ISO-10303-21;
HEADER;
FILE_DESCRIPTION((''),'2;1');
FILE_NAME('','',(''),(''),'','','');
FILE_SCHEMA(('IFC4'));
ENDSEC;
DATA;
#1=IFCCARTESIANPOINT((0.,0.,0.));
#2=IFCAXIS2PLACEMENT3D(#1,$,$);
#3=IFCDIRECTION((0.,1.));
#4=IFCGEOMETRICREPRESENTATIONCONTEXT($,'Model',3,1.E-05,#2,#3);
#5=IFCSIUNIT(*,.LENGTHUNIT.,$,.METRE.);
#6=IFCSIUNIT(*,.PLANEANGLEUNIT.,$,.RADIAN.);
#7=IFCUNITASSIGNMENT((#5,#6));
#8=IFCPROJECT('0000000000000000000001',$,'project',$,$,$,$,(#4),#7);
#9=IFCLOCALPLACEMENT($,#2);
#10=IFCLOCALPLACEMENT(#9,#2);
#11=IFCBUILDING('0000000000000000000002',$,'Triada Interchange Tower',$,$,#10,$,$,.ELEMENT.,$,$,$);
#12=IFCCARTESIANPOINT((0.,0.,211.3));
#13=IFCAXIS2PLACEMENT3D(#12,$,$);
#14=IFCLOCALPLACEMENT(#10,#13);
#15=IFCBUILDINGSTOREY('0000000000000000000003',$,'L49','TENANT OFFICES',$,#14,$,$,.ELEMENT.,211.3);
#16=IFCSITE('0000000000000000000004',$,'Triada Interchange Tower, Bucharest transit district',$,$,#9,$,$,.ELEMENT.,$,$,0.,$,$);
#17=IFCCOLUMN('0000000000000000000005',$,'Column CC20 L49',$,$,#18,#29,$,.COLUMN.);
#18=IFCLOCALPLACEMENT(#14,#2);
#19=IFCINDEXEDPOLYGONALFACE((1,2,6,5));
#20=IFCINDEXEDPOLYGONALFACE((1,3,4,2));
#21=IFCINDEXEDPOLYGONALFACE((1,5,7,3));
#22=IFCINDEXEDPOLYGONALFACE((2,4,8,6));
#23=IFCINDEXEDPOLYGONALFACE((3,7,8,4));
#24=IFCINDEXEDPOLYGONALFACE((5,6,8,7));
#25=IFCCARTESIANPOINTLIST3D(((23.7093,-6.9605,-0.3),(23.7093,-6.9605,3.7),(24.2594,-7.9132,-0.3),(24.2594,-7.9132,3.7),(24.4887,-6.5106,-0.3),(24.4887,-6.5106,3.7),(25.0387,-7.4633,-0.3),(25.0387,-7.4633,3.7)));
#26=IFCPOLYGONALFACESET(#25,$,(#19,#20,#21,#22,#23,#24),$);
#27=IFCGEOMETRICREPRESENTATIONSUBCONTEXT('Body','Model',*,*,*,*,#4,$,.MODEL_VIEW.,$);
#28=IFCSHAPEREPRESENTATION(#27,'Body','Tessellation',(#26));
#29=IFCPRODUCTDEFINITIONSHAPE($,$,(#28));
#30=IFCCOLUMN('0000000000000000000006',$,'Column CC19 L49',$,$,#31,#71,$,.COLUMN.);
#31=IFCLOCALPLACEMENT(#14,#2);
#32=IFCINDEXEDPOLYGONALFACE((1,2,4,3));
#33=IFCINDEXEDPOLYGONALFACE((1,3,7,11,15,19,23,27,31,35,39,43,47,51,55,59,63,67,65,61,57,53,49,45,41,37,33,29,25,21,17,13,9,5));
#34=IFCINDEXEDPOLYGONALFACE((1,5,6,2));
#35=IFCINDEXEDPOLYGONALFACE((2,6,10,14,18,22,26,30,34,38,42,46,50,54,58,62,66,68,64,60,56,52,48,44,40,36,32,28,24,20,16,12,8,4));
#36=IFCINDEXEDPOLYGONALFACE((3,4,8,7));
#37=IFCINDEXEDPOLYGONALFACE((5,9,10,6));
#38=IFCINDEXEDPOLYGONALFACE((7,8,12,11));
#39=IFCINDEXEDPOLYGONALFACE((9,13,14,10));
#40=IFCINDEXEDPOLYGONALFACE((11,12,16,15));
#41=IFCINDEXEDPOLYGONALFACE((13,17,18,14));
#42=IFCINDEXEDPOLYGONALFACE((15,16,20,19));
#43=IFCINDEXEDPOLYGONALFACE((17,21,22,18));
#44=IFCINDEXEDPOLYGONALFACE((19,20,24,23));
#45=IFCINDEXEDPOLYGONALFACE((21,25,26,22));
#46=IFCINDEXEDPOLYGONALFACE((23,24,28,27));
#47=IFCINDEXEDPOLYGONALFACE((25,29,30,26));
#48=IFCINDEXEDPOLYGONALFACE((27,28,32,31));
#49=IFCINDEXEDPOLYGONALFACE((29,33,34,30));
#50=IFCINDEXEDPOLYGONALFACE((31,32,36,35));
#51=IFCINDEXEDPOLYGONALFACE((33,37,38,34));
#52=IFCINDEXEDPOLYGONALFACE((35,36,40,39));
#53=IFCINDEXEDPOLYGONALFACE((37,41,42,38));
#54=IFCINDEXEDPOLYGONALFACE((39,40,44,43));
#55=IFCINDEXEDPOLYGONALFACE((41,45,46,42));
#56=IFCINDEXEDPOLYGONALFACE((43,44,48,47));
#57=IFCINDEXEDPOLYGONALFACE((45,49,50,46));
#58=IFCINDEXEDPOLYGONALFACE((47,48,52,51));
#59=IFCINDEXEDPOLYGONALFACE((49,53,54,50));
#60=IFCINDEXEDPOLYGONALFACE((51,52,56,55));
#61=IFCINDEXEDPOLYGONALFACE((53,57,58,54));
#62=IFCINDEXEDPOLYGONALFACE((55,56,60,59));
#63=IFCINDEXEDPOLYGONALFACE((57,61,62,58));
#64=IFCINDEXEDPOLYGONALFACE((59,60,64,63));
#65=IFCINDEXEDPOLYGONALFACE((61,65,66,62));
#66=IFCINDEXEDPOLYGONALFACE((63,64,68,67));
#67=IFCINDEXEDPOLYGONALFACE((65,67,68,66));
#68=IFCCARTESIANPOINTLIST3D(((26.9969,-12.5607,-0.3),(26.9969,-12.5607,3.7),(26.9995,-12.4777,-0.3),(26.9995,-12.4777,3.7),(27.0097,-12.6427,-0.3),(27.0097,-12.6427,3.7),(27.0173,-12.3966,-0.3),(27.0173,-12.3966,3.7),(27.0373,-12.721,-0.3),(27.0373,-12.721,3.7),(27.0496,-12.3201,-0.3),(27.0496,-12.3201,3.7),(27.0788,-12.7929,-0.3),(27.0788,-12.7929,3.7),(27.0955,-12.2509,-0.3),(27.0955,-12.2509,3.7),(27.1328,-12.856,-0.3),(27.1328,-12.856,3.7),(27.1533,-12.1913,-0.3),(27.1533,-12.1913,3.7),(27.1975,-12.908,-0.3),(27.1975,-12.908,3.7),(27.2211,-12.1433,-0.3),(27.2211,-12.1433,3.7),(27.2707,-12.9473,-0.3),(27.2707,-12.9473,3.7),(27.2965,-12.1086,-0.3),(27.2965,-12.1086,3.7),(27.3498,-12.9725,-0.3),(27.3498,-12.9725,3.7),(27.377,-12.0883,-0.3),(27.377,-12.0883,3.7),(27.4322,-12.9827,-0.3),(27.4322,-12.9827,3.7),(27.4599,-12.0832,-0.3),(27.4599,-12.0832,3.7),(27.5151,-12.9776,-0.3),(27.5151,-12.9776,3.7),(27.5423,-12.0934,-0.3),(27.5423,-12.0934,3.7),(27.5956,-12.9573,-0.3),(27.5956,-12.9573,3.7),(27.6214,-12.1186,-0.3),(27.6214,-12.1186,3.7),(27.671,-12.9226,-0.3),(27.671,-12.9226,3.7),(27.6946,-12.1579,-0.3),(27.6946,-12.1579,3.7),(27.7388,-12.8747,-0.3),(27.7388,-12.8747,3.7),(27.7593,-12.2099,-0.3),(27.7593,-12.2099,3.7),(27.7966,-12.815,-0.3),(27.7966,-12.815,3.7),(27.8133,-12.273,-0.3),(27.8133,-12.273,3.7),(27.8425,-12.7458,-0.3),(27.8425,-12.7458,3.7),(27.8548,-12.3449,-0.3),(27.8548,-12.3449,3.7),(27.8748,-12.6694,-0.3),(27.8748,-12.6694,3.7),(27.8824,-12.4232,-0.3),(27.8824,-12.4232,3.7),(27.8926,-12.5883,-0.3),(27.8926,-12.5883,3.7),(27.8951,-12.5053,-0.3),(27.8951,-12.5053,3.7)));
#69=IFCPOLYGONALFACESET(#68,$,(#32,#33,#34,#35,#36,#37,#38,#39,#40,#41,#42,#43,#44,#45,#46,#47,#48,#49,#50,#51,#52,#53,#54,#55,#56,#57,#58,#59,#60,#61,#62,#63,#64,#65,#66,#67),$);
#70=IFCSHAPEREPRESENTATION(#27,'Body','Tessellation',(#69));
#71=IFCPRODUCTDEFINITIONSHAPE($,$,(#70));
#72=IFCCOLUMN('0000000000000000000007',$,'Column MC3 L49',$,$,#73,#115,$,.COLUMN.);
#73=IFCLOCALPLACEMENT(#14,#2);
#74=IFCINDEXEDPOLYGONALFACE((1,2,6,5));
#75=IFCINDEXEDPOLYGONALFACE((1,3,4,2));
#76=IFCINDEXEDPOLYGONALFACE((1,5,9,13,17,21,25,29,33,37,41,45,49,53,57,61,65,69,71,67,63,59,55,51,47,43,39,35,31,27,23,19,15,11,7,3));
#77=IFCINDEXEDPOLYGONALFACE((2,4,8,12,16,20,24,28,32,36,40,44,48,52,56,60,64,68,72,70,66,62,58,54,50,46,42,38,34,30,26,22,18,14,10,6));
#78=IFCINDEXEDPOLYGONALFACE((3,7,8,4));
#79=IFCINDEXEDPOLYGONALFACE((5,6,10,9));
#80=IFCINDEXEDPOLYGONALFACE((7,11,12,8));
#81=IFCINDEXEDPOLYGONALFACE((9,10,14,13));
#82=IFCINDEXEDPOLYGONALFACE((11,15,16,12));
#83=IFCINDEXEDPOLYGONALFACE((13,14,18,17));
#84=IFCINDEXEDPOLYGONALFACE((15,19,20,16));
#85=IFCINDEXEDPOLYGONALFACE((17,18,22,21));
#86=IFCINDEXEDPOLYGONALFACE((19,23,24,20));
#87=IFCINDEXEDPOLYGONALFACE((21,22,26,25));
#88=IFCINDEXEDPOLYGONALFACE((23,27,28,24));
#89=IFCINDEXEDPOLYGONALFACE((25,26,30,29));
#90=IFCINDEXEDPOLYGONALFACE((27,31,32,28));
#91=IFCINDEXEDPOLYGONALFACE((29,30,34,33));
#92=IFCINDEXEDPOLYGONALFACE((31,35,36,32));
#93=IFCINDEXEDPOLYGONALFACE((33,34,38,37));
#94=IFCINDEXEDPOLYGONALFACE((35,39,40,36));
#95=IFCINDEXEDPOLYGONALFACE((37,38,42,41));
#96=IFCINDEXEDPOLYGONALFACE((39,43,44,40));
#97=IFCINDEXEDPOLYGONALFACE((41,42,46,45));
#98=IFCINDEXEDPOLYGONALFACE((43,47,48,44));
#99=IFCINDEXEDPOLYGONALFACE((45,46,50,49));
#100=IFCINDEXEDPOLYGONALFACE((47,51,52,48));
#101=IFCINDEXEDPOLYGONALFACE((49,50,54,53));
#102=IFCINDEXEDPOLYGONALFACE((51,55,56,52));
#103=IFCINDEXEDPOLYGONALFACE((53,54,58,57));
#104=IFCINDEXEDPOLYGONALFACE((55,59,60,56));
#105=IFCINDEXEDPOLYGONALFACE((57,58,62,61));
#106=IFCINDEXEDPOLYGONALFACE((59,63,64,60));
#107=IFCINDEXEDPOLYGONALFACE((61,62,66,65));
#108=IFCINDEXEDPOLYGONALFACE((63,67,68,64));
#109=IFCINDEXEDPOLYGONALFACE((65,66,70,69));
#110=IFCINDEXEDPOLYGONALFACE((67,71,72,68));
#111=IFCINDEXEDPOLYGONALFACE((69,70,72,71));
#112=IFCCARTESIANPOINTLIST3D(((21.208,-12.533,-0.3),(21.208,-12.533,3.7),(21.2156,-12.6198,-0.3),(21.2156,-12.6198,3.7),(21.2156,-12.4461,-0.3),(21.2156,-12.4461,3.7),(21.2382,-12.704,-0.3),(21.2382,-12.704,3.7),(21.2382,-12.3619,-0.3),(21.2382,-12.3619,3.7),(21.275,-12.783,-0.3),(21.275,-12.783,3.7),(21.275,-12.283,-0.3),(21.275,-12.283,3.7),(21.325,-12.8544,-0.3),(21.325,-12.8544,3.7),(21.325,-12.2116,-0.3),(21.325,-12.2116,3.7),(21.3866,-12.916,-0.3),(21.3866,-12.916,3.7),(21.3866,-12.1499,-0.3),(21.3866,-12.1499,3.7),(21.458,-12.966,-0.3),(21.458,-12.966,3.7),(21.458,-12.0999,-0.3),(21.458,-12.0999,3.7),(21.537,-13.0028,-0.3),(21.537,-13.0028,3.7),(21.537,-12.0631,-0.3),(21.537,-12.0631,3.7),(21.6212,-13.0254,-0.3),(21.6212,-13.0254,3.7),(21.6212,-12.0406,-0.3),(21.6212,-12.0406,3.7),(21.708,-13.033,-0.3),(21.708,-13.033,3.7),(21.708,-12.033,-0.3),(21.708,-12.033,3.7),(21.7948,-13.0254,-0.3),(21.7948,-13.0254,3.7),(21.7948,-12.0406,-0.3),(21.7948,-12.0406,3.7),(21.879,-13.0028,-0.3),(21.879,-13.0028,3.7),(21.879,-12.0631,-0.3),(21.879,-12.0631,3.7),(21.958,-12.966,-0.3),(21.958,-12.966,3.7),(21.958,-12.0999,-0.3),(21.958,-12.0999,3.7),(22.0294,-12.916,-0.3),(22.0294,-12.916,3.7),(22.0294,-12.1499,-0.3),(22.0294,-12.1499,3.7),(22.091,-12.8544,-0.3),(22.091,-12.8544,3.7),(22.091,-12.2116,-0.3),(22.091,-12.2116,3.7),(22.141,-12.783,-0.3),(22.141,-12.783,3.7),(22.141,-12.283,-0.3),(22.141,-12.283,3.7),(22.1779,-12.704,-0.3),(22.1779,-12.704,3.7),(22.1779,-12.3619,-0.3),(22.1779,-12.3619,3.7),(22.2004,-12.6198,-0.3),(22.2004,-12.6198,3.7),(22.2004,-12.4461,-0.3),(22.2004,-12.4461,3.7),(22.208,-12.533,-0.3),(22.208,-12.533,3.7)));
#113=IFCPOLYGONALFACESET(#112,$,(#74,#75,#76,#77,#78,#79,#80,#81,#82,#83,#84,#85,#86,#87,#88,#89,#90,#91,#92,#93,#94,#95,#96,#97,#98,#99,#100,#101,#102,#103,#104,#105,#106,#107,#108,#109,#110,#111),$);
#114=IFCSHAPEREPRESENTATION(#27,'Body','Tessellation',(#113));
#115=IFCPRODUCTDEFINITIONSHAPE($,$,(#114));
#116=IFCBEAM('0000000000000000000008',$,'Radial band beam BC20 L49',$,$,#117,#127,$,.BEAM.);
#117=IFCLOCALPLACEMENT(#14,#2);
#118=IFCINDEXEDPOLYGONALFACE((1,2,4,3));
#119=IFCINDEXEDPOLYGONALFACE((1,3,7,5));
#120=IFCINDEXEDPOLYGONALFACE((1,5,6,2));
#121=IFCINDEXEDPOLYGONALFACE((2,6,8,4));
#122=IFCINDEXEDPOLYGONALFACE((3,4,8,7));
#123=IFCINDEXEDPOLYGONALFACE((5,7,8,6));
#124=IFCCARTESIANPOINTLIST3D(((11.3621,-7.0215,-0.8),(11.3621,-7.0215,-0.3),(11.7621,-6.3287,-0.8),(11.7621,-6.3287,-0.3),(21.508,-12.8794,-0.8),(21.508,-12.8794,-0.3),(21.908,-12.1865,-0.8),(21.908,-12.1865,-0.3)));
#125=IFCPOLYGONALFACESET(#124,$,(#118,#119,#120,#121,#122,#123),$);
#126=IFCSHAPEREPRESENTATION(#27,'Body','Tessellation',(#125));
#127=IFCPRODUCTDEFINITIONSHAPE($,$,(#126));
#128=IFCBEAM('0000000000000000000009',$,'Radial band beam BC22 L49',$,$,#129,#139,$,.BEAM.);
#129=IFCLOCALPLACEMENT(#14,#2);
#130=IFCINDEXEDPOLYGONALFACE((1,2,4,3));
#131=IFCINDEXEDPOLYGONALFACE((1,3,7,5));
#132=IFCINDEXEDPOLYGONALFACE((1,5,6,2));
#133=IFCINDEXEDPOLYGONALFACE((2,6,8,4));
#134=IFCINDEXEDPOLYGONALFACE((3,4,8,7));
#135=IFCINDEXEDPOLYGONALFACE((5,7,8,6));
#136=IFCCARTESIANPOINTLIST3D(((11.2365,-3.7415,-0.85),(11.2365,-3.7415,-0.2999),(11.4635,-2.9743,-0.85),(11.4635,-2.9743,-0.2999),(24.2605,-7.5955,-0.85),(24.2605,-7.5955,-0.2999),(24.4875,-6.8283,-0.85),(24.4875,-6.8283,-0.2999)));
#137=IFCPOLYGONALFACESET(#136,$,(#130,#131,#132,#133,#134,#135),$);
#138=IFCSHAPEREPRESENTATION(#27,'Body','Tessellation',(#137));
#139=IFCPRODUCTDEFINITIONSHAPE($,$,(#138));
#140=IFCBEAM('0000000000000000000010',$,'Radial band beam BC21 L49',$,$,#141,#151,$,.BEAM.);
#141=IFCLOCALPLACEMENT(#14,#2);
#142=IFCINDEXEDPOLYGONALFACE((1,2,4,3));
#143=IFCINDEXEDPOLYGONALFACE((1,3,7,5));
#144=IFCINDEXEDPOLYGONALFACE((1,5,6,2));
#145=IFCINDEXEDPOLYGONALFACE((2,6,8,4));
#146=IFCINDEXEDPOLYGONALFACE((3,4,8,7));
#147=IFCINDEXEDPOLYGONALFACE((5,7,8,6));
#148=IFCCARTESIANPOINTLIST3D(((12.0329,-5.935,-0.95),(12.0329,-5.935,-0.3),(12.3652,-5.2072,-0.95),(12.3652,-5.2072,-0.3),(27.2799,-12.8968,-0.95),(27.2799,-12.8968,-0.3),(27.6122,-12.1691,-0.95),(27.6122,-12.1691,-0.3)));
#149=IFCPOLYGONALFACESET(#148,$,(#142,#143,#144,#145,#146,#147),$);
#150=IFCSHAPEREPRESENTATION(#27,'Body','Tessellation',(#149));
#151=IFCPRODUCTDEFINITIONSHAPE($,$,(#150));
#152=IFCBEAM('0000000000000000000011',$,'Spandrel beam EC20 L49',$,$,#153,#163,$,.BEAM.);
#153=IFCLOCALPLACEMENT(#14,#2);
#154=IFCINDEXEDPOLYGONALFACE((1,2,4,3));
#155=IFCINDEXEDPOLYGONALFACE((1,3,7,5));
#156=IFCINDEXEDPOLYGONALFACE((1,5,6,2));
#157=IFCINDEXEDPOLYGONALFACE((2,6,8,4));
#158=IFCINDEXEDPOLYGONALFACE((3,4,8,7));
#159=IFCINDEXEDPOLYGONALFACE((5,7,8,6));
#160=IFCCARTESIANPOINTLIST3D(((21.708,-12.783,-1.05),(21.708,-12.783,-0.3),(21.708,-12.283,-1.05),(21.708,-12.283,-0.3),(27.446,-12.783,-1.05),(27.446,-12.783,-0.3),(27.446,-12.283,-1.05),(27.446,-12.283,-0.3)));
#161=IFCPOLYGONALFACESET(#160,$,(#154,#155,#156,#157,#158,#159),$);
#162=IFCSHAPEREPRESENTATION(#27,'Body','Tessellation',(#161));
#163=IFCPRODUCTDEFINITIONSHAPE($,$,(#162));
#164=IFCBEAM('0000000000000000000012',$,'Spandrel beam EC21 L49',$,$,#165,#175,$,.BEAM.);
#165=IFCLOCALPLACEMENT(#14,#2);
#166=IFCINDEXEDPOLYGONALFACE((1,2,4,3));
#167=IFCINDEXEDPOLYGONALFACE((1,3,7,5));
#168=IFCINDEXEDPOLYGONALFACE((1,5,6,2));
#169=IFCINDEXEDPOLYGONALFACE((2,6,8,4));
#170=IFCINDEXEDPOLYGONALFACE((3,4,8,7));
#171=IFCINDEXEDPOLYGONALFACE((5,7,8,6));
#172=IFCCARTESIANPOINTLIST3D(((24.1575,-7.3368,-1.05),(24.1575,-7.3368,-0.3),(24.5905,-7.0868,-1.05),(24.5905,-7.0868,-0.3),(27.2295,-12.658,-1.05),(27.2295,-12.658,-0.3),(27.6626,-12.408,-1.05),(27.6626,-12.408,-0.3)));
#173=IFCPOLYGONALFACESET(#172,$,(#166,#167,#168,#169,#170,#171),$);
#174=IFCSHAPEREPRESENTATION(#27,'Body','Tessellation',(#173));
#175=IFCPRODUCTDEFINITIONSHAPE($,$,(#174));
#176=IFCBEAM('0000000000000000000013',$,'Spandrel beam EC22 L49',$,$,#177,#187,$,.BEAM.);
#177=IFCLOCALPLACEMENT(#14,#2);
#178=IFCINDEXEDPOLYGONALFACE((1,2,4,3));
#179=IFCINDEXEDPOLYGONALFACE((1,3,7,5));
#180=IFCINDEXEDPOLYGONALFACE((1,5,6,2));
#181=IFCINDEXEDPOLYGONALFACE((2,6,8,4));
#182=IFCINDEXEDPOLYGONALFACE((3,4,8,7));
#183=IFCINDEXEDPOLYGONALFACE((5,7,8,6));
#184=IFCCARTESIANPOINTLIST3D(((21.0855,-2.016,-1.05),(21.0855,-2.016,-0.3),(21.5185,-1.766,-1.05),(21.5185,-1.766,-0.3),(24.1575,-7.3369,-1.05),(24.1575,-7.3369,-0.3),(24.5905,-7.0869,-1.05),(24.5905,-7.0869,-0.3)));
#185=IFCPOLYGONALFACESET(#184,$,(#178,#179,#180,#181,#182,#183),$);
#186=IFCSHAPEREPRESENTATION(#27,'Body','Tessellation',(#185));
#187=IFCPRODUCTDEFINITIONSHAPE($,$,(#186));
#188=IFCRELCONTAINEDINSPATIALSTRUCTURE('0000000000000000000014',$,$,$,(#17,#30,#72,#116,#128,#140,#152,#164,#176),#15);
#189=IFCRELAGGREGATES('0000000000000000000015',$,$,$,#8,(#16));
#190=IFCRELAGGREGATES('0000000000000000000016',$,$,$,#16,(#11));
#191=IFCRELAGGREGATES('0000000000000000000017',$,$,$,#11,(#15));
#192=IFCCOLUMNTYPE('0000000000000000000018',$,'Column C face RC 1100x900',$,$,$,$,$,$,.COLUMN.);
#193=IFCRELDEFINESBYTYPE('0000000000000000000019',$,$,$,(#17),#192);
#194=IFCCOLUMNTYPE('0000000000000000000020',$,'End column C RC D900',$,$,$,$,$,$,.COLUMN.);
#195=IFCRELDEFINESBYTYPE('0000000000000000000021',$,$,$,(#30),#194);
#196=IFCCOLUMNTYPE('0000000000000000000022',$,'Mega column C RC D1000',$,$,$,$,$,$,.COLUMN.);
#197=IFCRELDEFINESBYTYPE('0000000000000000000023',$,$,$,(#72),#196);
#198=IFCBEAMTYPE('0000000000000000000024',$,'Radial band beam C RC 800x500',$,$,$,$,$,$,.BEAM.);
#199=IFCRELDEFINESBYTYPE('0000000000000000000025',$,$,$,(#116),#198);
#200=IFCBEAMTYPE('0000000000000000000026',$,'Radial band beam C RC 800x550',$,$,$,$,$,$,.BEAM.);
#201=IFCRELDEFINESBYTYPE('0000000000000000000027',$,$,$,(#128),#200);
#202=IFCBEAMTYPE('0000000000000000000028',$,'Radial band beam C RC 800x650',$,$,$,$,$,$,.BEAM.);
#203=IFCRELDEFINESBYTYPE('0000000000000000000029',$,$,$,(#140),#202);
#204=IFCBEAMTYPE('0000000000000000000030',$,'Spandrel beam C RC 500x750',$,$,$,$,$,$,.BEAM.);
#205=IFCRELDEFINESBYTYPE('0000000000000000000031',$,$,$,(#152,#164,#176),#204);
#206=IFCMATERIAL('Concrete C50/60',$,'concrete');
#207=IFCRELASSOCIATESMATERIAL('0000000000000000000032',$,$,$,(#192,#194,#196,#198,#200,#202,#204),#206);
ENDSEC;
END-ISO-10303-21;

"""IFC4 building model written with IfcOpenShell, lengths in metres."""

from ifc_helpers import new_model, si_unit, direction, frame, origin, origin_2d, place, context, subcontext, project, spatial, rectangle, circle, extrude, material, material_profile, profile_set, type_object, element, save


model = new_model("IFC4")

# Units and contexts
model_context = context("Model", 3, precision=1e-05, world=origin(), true_north=direction((0.0, 1.0)))
body_context = subcontext(model_context, "Body", "Model", "MODEL_VIEW")
ifc_project = project(units=[si_unit("LENGTHUNIT", "METRE"), si_unit("PLANEANGLEUNIT", "RADIAN")], contexts=[model_context])

# Site, building, storey
site_placement = place(None, origin())
site = spatial("IfcSite", under=ifc_project, at=site_placement, Name="Triada Interchange Tower, Bucharest transit district", CompositionType="ELEMENT", RefElevation=0.0)
building_placement = place(site_placement, origin())
building = spatial("IfcBuilding", under=site, at=building_placement, Name="Triada Interchange Tower", CompositionType="ELEMENT")
storey_placement = place(building_placement, frame((0.0, 0.0, 211.3)))
storey = spatial("IfcBuildingStorey", under=building, at=storey_placement, Name="L49", Description="TENANT OFFICES", CompositionType="ELEMENT", Elevation=211.3)

# Columns
ifc_material_1 = material(Name="Concrete C50/60", Category="concrete")
ifc_material_profile_1 = material_profile(ifc_material_1, rectangle(XDim=1.1001, YDim=0.8999, at=origin_2d()), Name="RC 1100x900")
ifc_profile_set_1 = profile_set([ifc_material_profile_1], Name="Concrete C50/60")
column_type_1 = type_object("IfcColumnType", Name="Column C face RC 1100x900", PredefinedType="COLUMN", material=ifc_profile_set_1)
column_1_placement = place(storey_placement, frame((24.374, -7.2119, -0.3), z_axis=(0.0, 0.0, 1.0), x_axis=(-0.5, 0.866025, 0.0)))
element("IfcColumn", 1, at=column_1_placement, inside=storey, type_object=column_type_1, Name="Column CC20 L49", PredefinedType="COLUMN", context=body_context, shape_type="SweptSolid", body=[
    extrude(rectangle(XDim=1.1001, YDim=0.8999, at=origin_2d()), origin(), (0.0, 0.0, 1.0), 4.0),
])
ifc_material_profile_2 = material_profile(ifc_material_1, circle(Radius=0.45, at=origin_2d()), Name="RC D900")
ifc_profile_set_2 = profile_set([ifc_material_profile_2], Name="Concrete C50/60")
column_type_2 = type_object("IfcColumnType", Name="End column C RC D900", PredefinedType="COLUMN", material=ifc_profile_set_2)
column_2_placement = place(storey_placement, frame((27.446, -12.533, -0.3), z_axis=(0.0, 0.0, 1.0), x_axis=(-0.5, 0.866025, 0.0)))
element("IfcColumn", 2, at=column_2_placement, inside=storey, type_object=column_type_2, Name="Column CC19 L49", PredefinedType="COLUMN", context=body_context, shape_type="SweptSolid", body=[
    extrude(circle(Radius=0.45, at=origin_2d()), origin(), (0.0, 0.0, 1.0), 4.0),
])
ifc_material_profile_3 = material_profile(ifc_material_1, circle(Radius=0.5, at=origin_2d()), Name="RC D1000")
ifc_profile_set_3 = profile_set([ifc_material_profile_3], Name="Concrete C50/60")
column_type_3 = type_object("IfcColumnType", Name="Mega column C RC D1000", PredefinedType="COLUMN", material=ifc_profile_set_3)
column_3_placement = place(storey_placement, frame((21.708, -12.533, -0.3), z_axis=(0.0, 0.0, 1.0), x_axis=(1.0, 0.0, 0.0)))
element("IfcColumn", 3, at=column_3_placement, inside=storey, type_object=column_type_3, Name="Column MC3 L49", PredefinedType="COLUMN", context=body_context, shape_type="SweptSolid", body=[
    extrude(circle(Radius=0.5, at=origin_2d()), origin(), (0.0, 0.0, 1.0), 4.0),
])

# Beams
ifc_material_profile_4 = material_profile(ifc_material_1, rectangle(XDim=0.8, YDim=0.5, at=origin_2d()), Name="RC 800x500")
ifc_profile_set_4 = profile_set([ifc_material_profile_4], Name="Concrete C50/60")
beam_type_1 = type_object("IfcBeamType", Name="Radial band beam C RC 800x500", PredefinedType="BEAM", material=ifc_profile_set_4)
beam_1_placement = place(storey_placement, frame((21.708, -12.533, -0.55), z_axis=(-0.866021, 0.500007, 0.0), x_axis=(-0.500007, -0.866021, 0.0)))
element("IfcBeam", 4, at=beam_1_placement, inside=storey, type_object=beam_type_1, Name="Radial band beam BC20 L49", PredefinedType="BEAM", context=body_context, shape_type="SweptSolid", body=[
    extrude(rectangle(XDim=0.8, YDim=0.5, at=origin_2d()), origin(), (0.0, 0.0, 1.0), 11.7156),
])
ifc_material_profile_5 = material_profile(ifc_material_1, rectangle(XDim=0.8, YDim=0.55, at=origin_2d()), Name="RC 800x550")
ifc_profile_set_5 = profile_set([ifc_material_profile_5], Name="Concrete C50/60")
beam_type_2 = type_object("IfcBeamType", Name="Radial band beam C RC 800x550", PredefinedType="BEAM", material=ifc_profile_set_5)
beam_2_placement = place(storey_placement, frame((24.374, -7.2119, -0.575), z_axis=(-0.958897, 0.283754, 0.0), x_axis=(-0.283754, -0.958897, 0.0)))
element("IfcBeam", 5, at=beam_2_placement, inside=storey, type_object=beam_type_2, Name="Radial band beam BC22 L49", PredefinedType="BEAM", context=body_context, shape_type="SweptSolid", body=[
    extrude(rectangle(XDim=0.8, YDim=0.55, at=origin_2d()), origin(), (0.0, 0.0, 1.0), 13.5823),
])
ifc_material_profile_6 = material_profile(ifc_material_1, rectangle(XDim=0.8, YDim=0.6499, at=origin_2d()), Name="RC 800x650")
ifc_profile_set_6 = profile_set([ifc_material_profile_6], Name="Concrete C50/60")
beam_type_3 = type_object("IfcBeamType", Name="Radial band beam C RC 800x650", PredefinedType="BEAM", material=ifc_profile_set_6)
beam_3_placement = place(storey_placement, frame((27.446, -12.533, -0.625), z_axis=(-0.909659, 0.415356, 0.0), x_axis=(-0.415356, -0.909659, 0.0)))
element("IfcBeam", 6, at=beam_3_placement, inside=storey, type_object=beam_type_3, Name="Radial band beam BC21 L49", PredefinedType="BEAM", context=body_context, shape_type="SweptSolid", body=[
    extrude(rectangle(XDim=0.8, YDim=0.6499, at=origin_2d()), origin(), (0.0, 0.0, 1.0), 16.7612),
])
ifc_material_profile_7 = material_profile(ifc_material_1, rectangle(XDim=0.5, YDim=0.75, at=origin_2d()), Name="RC 500x750")
ifc_profile_set_7 = profile_set([ifc_material_profile_7], Name="Concrete C50/60")
beam_type_4 = type_object("IfcBeamType", Name="Spandrel beam C RC 500x750", PredefinedType="BEAM", material=ifc_profile_set_7)
beam_4_placement = place(storey_placement, frame((21.708, -12.533, -0.675), z_axis=(1.0, 0.0, 0.0), x_axis=(0.0, 1.0, 0.0)))
element("IfcBeam", 7, at=beam_4_placement, inside=storey, type_object=beam_type_4, Name="Spandrel beam EC20 L49", PredefinedType="BEAM", context=body_context, shape_type="SweptSolid", body=[
    extrude(rectangle(XDim=0.5, YDim=0.75, at=origin_2d()), origin(), (0.0, 0.0, 1.0), 5.738),
])
beam_5_placement = place(storey_placement, frame((27.446, -12.533, -0.675), z_axis=(-0.49999, 0.866031, 0.0), x_axis=(-0.866031, -0.49999, 0.0)))
element("IfcBeam", 8, at=beam_5_placement, inside=storey, type_object=beam_type_4, Name="Spandrel beam EC21 L49", PredefinedType="BEAM", context=body_context, shape_type="SweptSolid", body=[
    extrude(rectangle(XDim=0.5, YDim=0.75, at=origin_2d()), origin(), (0.0, 0.0, 1.0), 6.1443),
])
beam_6_placement = place(storey_placement, frame((24.374, -7.2119, -0.675), z_axis=(-0.500007, 0.866021, 0.0), x_axis=(-0.866021, -0.500007, 0.0)))
element("IfcBeam", 9, at=beam_6_placement, inside=storey, type_object=beam_type_4, Name="Spandrel beam EC22 L49", PredefinedType="BEAM", context=body_context, shape_type="SweptSolid", body=[
    extrude(rectangle(XDim=0.5, YDim=0.75, at=origin_2d()), origin(), (0.0, 0.0, 1.0), 6.144),
])

save(model, "model.ifc")
